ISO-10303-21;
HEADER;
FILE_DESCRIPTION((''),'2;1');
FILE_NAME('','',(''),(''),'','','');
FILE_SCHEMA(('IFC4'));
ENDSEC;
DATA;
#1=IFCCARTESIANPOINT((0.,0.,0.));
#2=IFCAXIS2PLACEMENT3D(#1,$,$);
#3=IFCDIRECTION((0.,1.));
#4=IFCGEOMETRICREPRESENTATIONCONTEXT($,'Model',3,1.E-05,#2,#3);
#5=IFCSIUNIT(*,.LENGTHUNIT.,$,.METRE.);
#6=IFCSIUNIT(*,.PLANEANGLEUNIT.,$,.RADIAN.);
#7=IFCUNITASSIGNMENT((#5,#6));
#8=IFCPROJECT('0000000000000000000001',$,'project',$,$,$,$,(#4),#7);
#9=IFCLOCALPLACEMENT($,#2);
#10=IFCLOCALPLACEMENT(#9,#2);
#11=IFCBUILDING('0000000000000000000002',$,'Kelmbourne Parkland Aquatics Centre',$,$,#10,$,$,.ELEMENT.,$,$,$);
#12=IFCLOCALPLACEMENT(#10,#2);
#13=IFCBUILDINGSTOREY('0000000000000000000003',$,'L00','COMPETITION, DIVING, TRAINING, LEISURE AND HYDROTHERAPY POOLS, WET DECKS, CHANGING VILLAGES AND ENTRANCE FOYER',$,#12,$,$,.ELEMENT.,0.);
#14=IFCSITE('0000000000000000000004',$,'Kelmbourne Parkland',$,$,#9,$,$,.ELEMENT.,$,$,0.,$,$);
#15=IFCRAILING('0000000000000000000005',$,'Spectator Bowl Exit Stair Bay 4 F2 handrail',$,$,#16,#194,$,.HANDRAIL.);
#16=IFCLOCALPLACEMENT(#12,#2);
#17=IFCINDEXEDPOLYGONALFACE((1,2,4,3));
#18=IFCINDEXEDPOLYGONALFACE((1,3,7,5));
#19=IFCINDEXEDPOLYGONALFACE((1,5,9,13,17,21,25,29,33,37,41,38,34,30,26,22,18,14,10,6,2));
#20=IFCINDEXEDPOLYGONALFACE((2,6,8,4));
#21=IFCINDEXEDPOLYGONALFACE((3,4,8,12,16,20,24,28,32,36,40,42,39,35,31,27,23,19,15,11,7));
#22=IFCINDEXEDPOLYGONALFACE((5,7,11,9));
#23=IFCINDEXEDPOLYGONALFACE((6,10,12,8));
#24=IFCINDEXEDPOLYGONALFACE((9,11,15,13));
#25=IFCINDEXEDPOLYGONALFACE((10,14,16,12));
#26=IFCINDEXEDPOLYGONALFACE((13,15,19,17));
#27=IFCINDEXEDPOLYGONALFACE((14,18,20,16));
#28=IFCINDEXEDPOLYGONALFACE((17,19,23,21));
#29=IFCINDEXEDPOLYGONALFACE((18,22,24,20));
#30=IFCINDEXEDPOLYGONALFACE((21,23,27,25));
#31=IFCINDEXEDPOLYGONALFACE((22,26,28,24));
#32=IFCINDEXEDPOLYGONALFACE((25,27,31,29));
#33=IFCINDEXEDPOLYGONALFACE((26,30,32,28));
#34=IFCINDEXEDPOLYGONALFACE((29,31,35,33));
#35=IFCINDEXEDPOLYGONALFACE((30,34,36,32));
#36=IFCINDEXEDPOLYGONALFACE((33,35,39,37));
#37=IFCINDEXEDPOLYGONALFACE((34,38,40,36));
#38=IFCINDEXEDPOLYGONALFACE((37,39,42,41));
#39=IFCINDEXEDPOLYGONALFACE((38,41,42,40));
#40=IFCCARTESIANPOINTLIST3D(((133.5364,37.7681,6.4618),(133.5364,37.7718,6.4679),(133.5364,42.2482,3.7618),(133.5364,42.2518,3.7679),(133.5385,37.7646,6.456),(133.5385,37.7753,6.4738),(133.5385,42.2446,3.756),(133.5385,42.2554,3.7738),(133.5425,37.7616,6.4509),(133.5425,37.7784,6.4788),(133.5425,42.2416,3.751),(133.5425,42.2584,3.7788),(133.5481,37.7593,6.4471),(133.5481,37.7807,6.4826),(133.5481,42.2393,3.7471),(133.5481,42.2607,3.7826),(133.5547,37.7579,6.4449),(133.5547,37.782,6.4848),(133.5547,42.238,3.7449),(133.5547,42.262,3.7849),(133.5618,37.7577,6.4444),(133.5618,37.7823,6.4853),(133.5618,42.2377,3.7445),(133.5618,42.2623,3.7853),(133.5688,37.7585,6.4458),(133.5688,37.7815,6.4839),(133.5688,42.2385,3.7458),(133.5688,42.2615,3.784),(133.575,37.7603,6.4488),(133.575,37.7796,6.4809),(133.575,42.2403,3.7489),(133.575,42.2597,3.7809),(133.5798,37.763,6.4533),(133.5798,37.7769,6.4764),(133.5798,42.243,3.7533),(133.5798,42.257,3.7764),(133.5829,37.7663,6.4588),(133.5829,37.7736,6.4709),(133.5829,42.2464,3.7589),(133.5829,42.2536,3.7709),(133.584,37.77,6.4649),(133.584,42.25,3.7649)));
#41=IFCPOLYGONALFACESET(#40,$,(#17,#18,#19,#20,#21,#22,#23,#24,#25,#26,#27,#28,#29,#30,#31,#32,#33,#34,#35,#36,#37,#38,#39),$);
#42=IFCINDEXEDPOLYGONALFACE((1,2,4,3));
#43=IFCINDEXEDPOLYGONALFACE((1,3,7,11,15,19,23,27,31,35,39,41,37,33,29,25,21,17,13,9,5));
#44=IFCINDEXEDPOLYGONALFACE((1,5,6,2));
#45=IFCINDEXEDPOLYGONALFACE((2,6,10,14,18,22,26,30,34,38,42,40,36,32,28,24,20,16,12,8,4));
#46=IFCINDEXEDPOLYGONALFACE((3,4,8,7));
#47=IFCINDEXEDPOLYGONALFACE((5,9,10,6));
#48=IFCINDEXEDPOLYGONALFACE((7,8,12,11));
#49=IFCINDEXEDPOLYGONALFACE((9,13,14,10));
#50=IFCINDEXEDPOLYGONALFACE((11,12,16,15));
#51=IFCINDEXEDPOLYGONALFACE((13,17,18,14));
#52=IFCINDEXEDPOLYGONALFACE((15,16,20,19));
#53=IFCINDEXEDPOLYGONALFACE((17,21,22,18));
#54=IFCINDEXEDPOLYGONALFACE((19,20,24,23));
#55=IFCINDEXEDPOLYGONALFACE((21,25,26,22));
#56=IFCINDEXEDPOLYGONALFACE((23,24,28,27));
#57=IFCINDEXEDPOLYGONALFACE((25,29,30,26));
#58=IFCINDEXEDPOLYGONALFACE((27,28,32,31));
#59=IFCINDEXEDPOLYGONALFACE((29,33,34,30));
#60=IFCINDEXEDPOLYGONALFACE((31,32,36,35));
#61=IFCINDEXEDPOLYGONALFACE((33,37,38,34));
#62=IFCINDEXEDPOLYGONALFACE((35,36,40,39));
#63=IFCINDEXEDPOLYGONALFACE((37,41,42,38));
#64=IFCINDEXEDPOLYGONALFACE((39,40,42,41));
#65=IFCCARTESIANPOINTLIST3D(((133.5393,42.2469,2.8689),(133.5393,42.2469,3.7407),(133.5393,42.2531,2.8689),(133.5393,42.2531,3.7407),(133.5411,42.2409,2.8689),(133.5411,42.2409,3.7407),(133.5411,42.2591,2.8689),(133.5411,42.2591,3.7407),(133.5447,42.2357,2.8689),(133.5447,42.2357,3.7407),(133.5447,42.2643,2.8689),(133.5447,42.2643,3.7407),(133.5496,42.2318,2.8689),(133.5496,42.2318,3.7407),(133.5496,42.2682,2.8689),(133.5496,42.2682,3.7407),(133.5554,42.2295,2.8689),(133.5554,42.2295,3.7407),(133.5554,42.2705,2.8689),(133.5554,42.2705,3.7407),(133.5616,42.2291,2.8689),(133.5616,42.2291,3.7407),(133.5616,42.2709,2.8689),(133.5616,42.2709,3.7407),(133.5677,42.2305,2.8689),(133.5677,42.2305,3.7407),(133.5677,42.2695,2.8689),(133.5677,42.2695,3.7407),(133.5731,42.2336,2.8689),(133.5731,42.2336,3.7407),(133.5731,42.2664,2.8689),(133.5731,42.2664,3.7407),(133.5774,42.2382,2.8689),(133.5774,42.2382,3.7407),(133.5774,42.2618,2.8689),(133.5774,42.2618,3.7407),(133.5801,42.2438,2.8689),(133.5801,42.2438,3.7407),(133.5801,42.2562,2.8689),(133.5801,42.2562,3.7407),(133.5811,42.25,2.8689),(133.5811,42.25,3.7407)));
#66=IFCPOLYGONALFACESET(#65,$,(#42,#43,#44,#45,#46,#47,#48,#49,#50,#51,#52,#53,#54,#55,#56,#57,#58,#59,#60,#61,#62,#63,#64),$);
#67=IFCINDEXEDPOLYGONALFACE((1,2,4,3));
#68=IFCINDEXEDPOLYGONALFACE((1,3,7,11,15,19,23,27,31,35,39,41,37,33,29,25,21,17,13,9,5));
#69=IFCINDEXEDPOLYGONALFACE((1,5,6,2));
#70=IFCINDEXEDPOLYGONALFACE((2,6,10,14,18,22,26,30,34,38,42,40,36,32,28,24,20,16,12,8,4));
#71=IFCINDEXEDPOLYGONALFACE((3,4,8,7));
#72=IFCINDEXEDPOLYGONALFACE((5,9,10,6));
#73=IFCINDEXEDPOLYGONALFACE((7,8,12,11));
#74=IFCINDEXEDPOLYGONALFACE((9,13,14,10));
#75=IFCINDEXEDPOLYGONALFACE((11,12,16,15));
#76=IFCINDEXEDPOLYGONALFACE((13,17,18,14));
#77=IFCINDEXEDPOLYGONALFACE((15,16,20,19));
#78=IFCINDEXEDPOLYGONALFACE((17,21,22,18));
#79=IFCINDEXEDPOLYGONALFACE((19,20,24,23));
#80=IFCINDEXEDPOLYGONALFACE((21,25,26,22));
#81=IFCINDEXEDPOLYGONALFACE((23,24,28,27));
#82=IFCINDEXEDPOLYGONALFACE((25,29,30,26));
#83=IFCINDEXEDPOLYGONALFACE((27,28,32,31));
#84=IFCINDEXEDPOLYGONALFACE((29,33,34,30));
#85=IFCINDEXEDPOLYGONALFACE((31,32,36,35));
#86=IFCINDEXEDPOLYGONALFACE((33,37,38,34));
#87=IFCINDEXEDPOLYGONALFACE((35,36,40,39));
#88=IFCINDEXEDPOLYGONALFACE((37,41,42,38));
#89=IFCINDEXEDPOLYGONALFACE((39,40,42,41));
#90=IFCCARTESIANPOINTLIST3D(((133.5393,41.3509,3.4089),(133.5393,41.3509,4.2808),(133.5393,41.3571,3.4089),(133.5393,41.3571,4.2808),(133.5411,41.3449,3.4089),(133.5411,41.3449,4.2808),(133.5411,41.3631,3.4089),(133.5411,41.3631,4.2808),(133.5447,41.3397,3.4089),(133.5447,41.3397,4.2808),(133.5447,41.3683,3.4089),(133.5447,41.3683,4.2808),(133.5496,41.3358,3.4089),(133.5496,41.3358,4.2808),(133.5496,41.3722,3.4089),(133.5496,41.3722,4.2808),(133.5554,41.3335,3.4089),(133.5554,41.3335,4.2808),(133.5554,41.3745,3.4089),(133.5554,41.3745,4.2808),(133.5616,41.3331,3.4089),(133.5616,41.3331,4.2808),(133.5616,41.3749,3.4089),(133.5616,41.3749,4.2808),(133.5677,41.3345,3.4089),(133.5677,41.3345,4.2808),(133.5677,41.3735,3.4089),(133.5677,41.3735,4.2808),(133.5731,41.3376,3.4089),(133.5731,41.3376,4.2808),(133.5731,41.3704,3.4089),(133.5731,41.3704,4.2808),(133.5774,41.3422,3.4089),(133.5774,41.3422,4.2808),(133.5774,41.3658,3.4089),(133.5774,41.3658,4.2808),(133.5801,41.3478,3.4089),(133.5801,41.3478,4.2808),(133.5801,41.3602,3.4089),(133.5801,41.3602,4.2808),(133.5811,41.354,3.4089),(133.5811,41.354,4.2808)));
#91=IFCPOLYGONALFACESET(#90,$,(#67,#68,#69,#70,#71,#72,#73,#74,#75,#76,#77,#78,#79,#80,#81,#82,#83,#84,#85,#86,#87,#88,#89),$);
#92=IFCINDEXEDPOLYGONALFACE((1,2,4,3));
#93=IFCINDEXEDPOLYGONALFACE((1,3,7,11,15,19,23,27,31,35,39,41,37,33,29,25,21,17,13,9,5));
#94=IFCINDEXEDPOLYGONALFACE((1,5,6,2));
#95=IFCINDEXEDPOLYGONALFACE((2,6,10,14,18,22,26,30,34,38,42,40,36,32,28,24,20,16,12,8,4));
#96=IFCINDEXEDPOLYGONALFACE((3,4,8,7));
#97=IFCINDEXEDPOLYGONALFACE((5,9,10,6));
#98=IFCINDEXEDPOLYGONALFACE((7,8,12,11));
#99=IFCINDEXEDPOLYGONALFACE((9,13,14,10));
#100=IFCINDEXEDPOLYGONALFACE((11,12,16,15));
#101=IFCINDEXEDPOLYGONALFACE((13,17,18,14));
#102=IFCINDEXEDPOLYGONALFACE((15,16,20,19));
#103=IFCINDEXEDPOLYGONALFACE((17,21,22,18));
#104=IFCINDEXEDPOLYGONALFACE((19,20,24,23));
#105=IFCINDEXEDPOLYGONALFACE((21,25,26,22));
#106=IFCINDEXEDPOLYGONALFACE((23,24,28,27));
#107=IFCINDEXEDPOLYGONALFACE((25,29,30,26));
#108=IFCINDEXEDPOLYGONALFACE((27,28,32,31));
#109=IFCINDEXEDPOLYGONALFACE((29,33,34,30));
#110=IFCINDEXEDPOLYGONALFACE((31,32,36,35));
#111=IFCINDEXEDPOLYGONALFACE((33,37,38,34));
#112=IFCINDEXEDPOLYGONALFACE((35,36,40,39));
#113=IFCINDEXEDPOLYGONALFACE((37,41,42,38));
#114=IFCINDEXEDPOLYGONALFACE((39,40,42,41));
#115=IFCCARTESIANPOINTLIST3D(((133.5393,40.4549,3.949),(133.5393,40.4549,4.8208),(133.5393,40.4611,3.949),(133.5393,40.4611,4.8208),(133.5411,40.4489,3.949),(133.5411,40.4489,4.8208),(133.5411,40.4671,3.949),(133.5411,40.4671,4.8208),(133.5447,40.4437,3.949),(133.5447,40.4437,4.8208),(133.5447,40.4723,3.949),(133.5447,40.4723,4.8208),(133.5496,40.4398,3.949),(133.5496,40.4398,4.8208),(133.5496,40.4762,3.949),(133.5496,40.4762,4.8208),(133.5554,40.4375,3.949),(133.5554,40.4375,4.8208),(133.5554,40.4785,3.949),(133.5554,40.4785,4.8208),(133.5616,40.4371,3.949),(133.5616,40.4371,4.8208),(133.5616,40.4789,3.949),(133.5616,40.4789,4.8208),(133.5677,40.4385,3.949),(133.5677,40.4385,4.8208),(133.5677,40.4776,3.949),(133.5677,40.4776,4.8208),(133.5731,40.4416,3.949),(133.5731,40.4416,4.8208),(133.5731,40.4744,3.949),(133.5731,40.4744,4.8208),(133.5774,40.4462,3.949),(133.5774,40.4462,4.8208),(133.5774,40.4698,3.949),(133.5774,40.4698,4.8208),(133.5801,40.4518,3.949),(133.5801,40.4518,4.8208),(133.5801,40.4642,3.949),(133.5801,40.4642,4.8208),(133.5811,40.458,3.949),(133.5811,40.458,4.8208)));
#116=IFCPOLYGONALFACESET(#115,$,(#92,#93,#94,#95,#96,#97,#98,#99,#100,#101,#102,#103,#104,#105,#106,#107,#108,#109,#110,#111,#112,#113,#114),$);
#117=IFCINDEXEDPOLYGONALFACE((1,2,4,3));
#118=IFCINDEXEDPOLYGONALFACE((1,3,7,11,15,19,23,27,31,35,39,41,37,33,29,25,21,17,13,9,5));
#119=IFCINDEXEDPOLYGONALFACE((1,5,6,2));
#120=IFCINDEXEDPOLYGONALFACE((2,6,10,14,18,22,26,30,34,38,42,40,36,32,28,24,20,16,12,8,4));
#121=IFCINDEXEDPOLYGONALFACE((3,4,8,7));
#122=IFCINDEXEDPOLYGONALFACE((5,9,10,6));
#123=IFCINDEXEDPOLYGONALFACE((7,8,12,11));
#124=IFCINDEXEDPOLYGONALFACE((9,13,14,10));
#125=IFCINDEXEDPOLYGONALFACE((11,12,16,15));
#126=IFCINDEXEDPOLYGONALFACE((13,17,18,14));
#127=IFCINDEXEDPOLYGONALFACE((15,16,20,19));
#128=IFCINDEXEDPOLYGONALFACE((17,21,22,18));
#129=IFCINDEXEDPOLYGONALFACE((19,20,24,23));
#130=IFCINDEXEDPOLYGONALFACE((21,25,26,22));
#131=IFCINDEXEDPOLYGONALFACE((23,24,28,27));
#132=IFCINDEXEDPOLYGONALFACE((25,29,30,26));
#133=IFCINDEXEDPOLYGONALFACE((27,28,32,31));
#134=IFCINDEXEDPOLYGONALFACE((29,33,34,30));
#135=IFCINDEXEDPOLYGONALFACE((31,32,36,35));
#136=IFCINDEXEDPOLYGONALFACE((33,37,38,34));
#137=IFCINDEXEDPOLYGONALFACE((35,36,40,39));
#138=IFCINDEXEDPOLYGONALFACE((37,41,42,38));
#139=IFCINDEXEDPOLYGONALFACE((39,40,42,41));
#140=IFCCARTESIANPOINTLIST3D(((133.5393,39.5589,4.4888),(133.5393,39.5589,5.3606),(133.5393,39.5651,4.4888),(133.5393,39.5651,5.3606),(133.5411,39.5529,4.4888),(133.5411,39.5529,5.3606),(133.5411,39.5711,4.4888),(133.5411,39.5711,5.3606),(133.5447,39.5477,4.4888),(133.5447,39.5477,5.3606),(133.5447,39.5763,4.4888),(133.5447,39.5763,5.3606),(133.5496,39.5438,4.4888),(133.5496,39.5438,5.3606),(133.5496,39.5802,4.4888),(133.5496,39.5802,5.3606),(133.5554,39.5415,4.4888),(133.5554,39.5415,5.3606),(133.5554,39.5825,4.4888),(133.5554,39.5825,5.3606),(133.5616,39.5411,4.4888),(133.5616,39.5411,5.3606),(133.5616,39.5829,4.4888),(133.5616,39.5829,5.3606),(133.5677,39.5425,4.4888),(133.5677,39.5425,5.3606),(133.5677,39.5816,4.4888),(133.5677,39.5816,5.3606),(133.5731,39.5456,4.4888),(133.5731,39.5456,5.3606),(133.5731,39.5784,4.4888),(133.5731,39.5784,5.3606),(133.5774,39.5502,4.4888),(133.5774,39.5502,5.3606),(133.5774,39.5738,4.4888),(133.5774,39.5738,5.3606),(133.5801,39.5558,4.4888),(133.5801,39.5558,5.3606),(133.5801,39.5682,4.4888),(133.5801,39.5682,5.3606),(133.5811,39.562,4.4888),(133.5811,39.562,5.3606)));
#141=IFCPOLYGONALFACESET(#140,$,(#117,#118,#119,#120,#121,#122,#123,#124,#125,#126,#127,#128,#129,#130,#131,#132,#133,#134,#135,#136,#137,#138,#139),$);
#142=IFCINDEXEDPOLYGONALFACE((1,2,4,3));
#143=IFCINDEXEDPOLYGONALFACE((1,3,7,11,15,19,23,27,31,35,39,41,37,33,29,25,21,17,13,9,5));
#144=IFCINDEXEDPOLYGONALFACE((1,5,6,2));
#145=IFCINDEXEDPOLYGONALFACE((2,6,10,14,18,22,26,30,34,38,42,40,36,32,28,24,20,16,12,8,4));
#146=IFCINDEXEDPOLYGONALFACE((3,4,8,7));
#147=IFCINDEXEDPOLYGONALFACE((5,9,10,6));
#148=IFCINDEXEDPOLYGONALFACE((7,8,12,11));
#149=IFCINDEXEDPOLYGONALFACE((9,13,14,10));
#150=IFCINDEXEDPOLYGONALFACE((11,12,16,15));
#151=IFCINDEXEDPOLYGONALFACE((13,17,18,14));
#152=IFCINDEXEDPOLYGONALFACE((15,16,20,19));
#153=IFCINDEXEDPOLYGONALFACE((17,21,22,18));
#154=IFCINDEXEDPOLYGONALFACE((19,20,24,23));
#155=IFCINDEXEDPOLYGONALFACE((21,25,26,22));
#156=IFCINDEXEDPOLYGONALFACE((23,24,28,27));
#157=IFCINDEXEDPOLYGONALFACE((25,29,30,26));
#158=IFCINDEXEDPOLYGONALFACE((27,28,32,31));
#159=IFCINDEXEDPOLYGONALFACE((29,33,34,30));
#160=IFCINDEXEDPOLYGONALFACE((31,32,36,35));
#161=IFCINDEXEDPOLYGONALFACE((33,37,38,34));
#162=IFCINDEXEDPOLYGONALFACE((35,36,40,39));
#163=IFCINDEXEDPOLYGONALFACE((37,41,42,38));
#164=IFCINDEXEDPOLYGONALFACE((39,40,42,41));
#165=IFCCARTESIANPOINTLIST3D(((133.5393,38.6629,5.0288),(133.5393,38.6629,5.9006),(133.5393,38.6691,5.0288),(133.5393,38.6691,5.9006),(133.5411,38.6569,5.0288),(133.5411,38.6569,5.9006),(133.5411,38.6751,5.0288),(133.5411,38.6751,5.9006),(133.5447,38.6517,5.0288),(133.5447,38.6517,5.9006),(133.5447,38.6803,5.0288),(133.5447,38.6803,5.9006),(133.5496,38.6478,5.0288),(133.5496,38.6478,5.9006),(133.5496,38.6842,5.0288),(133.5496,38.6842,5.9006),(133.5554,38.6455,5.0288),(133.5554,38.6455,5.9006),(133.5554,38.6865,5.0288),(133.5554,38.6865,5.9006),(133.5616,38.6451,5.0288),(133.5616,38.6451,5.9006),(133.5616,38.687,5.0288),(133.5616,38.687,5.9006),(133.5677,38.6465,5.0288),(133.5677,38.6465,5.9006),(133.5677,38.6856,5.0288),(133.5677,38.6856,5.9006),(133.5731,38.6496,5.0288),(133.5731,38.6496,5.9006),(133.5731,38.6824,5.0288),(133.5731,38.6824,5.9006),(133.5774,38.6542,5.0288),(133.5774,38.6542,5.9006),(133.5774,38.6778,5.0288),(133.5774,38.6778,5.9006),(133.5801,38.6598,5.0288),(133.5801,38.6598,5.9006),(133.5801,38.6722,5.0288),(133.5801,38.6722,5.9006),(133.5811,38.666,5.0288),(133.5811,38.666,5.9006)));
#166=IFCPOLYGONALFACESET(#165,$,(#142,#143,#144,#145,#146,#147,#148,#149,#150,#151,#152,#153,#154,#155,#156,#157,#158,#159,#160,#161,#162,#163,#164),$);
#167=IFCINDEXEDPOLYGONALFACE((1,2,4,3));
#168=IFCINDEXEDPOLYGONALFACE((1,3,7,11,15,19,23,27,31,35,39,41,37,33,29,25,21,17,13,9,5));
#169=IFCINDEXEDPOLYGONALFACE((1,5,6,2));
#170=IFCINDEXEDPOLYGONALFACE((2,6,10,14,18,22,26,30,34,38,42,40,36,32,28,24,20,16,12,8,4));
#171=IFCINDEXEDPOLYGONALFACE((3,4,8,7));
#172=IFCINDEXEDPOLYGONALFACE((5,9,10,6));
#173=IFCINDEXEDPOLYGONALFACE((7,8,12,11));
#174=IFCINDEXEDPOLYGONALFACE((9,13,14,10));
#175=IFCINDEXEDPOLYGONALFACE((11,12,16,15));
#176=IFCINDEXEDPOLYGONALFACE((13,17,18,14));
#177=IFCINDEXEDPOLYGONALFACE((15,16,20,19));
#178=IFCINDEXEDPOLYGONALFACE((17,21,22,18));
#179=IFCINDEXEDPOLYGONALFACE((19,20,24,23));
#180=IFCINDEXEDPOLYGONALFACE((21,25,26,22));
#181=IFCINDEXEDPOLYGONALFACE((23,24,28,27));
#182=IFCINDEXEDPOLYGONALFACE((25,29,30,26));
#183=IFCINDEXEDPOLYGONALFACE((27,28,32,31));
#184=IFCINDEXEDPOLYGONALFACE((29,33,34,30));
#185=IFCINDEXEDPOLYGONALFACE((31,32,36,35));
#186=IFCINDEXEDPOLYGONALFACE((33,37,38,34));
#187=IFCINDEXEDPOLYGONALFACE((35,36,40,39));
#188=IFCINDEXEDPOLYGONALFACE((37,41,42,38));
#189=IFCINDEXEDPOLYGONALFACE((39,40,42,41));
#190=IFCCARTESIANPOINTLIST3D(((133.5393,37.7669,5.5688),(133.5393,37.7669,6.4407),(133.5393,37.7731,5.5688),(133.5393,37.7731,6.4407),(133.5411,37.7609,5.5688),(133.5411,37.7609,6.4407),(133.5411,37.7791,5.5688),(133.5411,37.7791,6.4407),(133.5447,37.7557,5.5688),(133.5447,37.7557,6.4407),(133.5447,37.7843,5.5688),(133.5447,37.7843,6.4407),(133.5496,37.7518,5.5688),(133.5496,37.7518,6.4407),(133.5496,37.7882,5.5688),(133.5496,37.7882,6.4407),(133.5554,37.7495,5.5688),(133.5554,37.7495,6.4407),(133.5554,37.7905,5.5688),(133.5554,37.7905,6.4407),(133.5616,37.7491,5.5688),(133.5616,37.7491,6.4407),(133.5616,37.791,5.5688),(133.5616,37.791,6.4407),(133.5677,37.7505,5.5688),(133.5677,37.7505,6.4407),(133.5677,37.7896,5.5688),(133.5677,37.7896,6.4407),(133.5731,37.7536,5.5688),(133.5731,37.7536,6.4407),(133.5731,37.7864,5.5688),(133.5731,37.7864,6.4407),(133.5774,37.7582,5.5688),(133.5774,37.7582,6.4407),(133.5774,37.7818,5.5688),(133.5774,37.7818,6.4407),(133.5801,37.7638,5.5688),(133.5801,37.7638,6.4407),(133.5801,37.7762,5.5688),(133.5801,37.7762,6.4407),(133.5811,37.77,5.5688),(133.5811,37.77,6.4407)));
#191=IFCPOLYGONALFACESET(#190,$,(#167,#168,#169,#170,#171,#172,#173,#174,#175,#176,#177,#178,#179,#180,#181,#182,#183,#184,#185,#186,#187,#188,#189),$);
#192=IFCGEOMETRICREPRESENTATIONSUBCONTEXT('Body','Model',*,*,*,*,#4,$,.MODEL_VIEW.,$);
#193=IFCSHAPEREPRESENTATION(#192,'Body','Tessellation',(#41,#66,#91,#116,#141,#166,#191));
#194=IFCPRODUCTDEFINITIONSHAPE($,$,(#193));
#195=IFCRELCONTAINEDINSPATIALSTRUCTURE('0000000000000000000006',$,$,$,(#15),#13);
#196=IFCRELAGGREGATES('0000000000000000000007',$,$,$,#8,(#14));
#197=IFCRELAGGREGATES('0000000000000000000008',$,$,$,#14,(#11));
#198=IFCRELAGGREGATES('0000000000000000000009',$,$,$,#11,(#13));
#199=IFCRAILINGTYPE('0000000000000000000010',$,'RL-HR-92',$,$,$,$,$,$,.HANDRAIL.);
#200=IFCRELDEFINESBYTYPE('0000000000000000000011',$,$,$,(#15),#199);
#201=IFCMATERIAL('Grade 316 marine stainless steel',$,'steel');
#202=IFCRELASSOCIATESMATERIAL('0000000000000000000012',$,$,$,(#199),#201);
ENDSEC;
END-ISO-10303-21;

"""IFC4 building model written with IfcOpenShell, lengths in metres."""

from ifc_helpers import new_model, si_unit, direction, frame, origin, origin_2d, place, context, subcontext, project, spatial, circle, extrude, material, type_object, element, save


model = new_model("IFC4")

# Units and contexts
model_context = context("Model", 3, precision=1e-05, world=origin(), true_north=direction((0.0, 1.0)))
body_context = subcontext(model_context, "Body", "Model", "MODEL_VIEW")
ifc_project = project(units=[si_unit("LENGTHUNIT", "METRE"), si_unit("PLANEANGLEUNIT", "RADIAN")], contexts=[model_context])

# Site, building, storey
site_placement = place(None, origin())
site = spatial("IfcSite", under=ifc_project, at=site_placement, Name="Kelmbourne Parkland", CompositionType="ELEMENT", RefElevation=0.0)
building_placement = place(site_placement, origin())
building = spatial("IfcBuilding", under=site, at=building_placement, Name="Kelmbourne Parkland Aquatics Centre", CompositionType="ELEMENT")
storey_placement = place(building_placement, origin())
storey = spatial("IfcBuildingStorey", under=building, at=storey_placement, Name="L00", Description="COMPETITION, DIVING, TRAINING, LEISURE AND HYDROTHERAPY POOLS, WET DECKS, CHANGING VILLAGES AND ENTRANCE FOYER", CompositionType="ELEMENT", Elevation=0.0)

# Railing
ifc_material_1 = material(Name="Grade 316 marine stainless steel", Category="steel")
railing_type_1 = type_object("IfcRailingType", Name="RL-HR-92", PredefinedType="HANDRAIL", material=ifc_material_1)
railing_1_placement = place(storey_placement, frame((133.5601, 42.25, 2.8689)))
element("IfcRailing", 1, at=railing_1_placement, inside=storey, type_object=railing_type_1, Name="Spectator Bowl Exit Stair Bay 4 F2 handrail", PredefinedType="HANDRAIL", context=body_context, shape_type="SweptSolid", body=[
    extrude(circle(Radius=0.0239, at=origin_2d()), frame((0.0, 0.0, 0.896), z_axis=(0.0, -0.856482, 0.516176), x_axis=(1.0, 0.0, 0.0)), (0.0, 0.0, 1.0), 5.2307),
    extrude(circle(Radius=0.021, at=origin_2d()), origin(), (0.0, 0.0, 1.0), 0.8718),
    extrude(circle(Radius=0.021, at=origin_2d()), frame((0.0, -0.896, 0.54)), (0.0, 0.0, 1.0), 0.8718),
    extrude(circle(Radius=0.021, at=origin_2d()), frame((0.0, -1.792, 1.0801)), (0.0, 0.0, 1.0), 0.8718),
    extrude(circle(Radius=0.021, at=origin_2d()), frame((0.0, -2.688, 1.6199)), (0.0, 0.0, 1.0), 0.8718),
    extrude(circle(Radius=0.021, at=origin_2d()), frame((0.0, -3.584, 2.1599)), (0.0, 0.0, 1.0), 0.8718),
    extrude(circle(Radius=0.021, at=origin_2d()), frame((0.0, -4.48, 2.7)), (0.0, 0.0, 1.0), 0.8718),
])

save(model, "model.ifc")
